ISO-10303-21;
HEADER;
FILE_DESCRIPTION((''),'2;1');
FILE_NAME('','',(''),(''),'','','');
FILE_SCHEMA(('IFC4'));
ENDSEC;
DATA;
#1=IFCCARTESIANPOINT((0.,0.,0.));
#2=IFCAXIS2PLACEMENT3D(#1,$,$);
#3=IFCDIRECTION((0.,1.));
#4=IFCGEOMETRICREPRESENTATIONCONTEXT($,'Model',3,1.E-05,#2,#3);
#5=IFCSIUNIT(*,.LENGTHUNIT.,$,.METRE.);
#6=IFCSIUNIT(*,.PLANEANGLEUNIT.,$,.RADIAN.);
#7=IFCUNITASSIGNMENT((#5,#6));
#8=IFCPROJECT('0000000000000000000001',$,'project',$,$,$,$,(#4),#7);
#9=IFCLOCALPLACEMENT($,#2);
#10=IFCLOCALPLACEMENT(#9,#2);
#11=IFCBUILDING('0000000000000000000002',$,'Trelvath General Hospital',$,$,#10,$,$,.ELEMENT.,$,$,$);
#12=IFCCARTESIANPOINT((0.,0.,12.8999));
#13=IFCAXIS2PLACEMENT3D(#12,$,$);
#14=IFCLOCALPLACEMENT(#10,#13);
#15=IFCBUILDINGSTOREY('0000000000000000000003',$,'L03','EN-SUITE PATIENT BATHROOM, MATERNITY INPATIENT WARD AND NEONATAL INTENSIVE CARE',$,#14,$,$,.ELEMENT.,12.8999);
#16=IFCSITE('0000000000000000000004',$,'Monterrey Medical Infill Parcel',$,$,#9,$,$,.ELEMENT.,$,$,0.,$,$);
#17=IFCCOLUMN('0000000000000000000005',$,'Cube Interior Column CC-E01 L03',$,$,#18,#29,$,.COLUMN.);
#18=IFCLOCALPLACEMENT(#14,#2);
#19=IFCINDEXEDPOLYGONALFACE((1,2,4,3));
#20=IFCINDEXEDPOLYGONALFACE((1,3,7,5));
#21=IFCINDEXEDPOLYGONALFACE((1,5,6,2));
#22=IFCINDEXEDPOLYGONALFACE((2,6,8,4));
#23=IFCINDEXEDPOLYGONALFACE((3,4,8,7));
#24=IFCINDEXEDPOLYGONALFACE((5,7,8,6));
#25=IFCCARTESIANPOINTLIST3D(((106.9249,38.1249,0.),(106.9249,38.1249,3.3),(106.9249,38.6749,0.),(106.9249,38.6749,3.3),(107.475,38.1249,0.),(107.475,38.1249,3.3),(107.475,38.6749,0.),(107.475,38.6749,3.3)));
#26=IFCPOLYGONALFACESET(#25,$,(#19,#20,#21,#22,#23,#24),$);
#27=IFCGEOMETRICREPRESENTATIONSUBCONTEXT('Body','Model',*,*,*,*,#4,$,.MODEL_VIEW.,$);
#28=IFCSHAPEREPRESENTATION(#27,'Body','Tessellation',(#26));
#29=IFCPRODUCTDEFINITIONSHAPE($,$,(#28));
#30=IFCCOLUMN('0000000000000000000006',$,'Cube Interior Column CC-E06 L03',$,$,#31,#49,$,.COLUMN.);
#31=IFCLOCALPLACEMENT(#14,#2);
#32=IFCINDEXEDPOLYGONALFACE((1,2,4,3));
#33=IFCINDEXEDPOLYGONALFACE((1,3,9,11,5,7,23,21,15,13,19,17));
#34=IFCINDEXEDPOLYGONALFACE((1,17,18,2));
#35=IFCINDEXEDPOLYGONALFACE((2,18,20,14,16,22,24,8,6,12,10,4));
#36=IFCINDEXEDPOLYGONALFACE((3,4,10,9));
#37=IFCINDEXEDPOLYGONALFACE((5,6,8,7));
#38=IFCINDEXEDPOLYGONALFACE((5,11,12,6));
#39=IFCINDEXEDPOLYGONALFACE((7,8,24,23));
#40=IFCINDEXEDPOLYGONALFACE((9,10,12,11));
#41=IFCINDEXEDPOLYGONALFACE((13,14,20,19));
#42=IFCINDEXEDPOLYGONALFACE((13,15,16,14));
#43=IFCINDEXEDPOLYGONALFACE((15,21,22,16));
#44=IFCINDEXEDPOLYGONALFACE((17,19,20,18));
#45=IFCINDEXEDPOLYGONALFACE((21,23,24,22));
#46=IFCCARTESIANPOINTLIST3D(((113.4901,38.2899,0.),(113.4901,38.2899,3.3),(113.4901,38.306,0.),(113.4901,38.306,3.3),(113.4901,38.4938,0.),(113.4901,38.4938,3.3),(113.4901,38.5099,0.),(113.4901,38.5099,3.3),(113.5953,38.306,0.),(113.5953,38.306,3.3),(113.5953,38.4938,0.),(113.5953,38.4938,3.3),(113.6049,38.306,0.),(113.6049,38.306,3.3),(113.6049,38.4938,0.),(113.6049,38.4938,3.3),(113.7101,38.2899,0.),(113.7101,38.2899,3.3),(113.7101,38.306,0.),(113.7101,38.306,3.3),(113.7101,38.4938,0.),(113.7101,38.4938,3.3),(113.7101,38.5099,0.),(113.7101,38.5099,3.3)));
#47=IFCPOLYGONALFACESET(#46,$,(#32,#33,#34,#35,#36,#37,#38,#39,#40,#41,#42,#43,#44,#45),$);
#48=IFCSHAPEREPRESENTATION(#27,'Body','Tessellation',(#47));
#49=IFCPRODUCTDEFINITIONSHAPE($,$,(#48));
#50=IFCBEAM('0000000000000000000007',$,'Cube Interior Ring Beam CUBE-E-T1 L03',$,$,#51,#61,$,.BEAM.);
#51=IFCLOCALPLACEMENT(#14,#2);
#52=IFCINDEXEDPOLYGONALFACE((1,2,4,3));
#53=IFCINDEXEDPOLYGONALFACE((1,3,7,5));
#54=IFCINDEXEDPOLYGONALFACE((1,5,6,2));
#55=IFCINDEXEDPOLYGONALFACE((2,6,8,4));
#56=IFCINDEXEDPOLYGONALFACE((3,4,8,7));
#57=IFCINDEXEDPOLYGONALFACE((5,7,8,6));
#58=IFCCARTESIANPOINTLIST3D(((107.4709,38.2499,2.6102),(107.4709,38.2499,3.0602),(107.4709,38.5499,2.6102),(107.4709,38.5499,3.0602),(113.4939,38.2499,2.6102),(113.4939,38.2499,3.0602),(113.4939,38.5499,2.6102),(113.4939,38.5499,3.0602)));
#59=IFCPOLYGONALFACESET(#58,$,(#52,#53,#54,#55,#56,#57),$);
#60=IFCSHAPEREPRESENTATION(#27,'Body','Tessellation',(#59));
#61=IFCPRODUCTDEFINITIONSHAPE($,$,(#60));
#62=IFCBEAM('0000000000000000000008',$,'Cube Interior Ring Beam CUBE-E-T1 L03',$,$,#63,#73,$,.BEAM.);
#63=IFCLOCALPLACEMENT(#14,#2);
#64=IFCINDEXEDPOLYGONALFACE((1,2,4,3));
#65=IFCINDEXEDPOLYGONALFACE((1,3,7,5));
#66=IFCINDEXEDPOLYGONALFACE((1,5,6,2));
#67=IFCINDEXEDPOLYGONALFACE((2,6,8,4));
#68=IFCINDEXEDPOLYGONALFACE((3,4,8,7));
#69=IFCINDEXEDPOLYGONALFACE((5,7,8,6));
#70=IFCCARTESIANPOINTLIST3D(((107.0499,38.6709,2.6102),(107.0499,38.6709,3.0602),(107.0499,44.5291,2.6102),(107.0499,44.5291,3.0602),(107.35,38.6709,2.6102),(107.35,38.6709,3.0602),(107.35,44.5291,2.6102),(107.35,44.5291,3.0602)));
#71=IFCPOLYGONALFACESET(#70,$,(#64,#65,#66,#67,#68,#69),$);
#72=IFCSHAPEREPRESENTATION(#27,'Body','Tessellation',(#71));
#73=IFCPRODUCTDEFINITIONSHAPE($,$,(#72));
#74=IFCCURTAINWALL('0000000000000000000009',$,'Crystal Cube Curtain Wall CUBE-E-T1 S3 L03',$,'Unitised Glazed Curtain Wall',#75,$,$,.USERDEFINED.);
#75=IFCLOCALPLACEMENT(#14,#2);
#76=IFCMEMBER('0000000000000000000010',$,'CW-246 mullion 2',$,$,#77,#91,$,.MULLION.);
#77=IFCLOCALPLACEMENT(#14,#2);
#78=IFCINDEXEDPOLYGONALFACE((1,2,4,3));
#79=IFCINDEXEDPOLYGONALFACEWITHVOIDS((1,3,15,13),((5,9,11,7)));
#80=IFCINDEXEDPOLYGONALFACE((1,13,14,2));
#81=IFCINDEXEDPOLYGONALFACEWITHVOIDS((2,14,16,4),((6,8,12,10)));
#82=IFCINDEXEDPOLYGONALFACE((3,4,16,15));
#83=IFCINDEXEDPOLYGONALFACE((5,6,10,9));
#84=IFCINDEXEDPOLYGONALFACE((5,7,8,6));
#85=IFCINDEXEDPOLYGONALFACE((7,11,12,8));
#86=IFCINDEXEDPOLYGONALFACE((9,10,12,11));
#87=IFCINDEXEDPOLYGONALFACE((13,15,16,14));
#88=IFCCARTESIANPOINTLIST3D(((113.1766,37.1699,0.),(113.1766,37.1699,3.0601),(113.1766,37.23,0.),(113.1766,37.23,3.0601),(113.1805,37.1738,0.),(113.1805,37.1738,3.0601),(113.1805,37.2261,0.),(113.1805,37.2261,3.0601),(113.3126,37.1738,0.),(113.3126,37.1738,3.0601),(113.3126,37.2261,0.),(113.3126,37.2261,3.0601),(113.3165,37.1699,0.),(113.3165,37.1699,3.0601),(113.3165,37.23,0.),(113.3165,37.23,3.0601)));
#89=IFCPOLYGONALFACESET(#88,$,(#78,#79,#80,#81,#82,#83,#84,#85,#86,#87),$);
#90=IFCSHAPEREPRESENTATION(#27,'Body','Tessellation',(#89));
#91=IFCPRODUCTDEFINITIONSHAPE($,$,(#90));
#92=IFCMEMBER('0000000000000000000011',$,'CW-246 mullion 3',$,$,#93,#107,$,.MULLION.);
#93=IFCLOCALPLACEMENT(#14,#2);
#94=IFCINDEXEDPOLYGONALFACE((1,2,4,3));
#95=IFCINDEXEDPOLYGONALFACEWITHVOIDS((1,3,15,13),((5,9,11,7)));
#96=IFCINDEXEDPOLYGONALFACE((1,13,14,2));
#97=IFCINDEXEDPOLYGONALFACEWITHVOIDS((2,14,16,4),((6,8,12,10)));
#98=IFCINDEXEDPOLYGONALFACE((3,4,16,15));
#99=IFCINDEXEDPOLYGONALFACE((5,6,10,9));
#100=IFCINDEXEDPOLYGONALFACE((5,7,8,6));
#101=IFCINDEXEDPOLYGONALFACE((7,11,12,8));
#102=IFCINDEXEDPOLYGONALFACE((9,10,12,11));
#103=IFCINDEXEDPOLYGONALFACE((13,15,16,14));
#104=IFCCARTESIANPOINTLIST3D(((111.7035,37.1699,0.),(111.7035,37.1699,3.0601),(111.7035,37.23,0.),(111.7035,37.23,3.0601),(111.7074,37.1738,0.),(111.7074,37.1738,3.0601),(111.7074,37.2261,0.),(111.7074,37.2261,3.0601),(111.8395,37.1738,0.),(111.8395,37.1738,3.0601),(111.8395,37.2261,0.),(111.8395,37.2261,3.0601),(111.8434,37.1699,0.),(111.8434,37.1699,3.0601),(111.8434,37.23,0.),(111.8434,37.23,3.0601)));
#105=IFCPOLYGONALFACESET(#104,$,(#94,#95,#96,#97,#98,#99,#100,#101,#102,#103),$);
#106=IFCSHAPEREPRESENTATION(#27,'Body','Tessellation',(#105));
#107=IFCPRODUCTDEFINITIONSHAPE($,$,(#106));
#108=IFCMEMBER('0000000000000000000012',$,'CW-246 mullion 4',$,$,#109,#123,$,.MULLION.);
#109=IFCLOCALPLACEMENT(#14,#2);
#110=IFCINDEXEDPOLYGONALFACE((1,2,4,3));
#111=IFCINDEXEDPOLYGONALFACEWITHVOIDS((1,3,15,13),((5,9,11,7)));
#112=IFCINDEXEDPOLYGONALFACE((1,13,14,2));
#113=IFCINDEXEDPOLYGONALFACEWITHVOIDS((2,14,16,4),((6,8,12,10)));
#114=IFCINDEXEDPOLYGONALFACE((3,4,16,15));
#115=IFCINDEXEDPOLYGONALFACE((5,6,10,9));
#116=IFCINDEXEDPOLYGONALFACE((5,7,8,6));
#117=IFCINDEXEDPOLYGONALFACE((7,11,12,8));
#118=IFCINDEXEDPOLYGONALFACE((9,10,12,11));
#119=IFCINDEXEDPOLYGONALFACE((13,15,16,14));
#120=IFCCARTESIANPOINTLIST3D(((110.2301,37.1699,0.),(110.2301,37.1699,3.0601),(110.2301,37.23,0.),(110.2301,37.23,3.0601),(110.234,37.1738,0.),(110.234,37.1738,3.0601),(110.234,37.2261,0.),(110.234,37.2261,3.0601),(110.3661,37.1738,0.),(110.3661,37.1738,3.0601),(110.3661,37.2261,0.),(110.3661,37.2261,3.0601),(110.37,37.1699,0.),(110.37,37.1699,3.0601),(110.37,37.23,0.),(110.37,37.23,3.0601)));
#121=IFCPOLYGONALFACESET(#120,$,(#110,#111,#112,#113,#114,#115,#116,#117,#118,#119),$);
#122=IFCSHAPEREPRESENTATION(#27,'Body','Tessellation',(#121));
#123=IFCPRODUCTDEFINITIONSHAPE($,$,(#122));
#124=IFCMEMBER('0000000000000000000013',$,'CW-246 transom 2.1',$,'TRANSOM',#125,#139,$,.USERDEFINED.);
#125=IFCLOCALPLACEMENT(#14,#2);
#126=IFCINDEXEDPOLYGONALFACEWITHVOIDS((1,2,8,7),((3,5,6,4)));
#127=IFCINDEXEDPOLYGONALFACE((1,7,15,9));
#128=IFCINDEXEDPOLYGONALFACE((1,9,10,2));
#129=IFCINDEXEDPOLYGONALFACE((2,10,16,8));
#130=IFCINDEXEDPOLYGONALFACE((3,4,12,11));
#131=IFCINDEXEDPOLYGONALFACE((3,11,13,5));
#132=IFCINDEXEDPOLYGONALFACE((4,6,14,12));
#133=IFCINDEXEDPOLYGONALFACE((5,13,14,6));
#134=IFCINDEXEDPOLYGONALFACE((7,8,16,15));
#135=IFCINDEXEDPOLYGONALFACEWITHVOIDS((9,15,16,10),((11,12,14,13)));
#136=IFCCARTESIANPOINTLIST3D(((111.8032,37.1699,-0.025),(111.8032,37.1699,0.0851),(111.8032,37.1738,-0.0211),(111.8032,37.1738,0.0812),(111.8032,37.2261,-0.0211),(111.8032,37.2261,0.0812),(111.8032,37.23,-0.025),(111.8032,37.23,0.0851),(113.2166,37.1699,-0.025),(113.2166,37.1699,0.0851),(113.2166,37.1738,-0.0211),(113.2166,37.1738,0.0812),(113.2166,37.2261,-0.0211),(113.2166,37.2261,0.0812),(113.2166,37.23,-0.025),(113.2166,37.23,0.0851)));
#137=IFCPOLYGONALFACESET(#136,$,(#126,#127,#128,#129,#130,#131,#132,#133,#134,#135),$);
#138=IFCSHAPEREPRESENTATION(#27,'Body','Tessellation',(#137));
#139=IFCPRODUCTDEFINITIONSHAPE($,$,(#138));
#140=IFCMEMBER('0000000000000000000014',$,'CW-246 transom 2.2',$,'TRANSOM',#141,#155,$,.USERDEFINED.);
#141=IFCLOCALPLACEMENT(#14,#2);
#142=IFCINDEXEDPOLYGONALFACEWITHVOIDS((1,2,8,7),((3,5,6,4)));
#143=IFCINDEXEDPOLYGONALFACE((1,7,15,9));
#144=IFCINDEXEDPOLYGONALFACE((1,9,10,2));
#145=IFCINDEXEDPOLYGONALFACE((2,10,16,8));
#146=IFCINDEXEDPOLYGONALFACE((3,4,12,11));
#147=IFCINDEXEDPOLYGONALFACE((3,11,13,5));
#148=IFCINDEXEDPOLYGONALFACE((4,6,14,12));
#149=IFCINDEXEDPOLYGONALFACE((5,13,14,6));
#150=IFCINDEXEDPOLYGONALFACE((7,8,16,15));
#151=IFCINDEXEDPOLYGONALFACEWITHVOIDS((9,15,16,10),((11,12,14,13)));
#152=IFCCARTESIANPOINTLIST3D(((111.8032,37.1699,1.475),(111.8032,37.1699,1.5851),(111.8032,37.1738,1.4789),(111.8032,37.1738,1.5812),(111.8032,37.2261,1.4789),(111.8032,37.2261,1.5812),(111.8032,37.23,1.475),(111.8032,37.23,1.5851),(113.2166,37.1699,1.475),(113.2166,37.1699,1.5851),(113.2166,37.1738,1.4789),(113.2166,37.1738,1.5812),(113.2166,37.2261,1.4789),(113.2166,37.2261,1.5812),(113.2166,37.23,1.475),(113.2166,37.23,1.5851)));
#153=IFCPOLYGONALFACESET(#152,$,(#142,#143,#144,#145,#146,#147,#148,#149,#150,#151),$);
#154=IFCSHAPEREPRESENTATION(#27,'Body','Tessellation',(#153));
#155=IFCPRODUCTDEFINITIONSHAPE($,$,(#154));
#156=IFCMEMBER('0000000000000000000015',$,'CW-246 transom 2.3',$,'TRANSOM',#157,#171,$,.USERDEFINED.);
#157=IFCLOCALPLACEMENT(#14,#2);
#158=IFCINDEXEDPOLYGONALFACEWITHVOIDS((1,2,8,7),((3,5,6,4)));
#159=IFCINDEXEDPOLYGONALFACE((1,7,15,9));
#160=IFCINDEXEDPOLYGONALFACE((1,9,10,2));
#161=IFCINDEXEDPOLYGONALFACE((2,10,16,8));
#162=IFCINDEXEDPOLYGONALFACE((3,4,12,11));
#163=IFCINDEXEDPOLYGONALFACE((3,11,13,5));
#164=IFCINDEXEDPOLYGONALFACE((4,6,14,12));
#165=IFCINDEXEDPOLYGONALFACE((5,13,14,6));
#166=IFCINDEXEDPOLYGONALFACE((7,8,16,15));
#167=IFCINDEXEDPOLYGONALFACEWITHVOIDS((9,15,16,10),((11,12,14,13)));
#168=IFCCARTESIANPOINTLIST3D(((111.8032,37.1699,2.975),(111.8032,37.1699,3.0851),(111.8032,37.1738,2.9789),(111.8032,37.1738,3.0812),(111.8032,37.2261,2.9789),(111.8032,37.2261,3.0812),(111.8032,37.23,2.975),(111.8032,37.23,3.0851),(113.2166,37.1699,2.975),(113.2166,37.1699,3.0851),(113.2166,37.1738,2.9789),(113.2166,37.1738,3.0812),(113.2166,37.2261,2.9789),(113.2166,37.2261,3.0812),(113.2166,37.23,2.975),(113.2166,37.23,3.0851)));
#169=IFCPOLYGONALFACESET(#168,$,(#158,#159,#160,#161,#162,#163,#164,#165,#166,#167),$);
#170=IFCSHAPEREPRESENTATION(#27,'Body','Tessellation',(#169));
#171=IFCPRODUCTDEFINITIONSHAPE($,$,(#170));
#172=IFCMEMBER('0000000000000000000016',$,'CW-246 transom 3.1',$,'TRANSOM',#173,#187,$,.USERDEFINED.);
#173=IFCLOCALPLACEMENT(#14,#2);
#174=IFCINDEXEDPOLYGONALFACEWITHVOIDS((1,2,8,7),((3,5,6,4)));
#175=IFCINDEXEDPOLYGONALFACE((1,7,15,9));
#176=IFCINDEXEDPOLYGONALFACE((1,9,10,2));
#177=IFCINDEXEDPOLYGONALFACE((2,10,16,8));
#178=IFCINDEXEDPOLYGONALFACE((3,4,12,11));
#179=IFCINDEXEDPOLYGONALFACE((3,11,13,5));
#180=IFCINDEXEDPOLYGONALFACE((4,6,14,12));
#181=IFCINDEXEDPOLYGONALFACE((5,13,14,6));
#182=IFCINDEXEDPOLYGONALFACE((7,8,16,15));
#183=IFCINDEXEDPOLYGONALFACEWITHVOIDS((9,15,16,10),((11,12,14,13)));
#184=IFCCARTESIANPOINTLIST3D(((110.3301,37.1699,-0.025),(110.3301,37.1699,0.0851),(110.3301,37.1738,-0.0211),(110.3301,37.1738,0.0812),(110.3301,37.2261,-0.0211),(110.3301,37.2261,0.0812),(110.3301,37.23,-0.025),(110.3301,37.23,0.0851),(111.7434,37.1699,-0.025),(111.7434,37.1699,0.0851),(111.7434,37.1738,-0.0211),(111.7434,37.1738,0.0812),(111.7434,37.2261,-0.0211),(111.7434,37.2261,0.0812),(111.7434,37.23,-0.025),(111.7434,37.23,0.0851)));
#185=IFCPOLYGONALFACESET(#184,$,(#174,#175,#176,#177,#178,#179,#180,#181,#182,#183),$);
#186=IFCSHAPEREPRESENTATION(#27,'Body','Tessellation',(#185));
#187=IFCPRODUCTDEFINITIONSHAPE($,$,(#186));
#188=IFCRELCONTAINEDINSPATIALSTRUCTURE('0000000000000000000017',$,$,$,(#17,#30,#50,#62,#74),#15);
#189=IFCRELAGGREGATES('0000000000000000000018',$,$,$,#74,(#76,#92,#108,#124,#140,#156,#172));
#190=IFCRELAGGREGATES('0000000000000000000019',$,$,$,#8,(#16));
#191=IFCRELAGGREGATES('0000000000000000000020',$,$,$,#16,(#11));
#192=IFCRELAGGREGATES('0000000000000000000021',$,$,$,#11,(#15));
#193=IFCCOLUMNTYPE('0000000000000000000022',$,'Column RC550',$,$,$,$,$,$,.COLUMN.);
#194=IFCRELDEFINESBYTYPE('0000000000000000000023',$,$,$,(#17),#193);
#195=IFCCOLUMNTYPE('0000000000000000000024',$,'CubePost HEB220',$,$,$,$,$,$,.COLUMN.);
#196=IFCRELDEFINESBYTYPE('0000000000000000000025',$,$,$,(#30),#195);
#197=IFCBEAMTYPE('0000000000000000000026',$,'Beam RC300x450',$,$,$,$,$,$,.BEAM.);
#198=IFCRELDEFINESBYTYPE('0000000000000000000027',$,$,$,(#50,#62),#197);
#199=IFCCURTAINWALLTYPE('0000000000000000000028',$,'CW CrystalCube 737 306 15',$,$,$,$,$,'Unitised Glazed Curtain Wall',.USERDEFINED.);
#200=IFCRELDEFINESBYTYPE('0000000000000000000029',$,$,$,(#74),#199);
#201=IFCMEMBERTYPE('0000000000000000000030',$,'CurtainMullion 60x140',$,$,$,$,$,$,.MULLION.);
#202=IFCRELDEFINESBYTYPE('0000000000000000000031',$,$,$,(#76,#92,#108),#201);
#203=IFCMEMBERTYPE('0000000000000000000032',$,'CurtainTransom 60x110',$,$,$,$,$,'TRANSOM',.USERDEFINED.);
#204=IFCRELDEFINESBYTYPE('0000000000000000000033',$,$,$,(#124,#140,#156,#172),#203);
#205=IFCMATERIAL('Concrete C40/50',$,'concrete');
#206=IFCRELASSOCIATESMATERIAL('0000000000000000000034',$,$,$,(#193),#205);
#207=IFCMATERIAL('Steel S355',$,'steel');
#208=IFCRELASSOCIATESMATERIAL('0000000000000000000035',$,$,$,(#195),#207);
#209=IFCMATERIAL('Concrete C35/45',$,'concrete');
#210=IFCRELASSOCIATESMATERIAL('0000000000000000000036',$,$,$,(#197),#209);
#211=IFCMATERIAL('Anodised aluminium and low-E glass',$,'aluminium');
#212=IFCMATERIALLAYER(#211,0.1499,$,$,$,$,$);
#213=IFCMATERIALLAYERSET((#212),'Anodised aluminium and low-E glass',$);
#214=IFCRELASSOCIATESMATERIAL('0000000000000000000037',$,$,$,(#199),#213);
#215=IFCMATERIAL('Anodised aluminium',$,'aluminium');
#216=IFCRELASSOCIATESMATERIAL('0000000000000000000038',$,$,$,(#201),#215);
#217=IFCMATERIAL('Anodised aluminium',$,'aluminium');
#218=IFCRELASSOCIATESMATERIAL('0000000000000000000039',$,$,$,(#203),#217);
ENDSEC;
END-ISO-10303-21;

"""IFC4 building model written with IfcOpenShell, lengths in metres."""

from ifc_helpers import new_model, si_unit, direction, frame, origin, origin_2d, place, context, subcontext, project, spatial, rectangle, hollow_rectangle, i_section, extrude, material, layer, layer_set, material_profile, profile_set, type_object, element, aggregate, save


model = new_model("IFC4")

# Units and contexts
model_context = context("Model", 3, precision=1e-05, world=origin(), true_north=direction((0.0, 1.0)))
body_context = subcontext(model_context, "Body", "Model", "MODEL_VIEW")
ifc_project = project(units=[si_unit("LENGTHUNIT", "METRE"), si_unit("PLANEANGLEUNIT", "RADIAN")], contexts=[model_context])

# Site, building, storey
site_placement = place(None, origin())
site = spatial("IfcSite", under=ifc_project, at=site_placement, Name="Monterrey Medical Infill Parcel", CompositionType="ELEMENT", RefElevation=0.0)
building_placement = place(site_placement, origin())
building = spatial("IfcBuilding", under=site, at=building_placement, Name="Trelvath General Hospital", CompositionType="ELEMENT")
storey_placement = place(building_placement, frame((0.0, 0.0, 12.8999)))
storey = spatial("IfcBuildingStorey", under=building, at=storey_placement, Name="L03", Description="EN-SUITE PATIENT BATHROOM, MATERNITY INPATIENT WARD AND NEONATAL INTENSIVE CARE", CompositionType="ELEMENT", Elevation=12.8999)

# Columns
ifc_material_1 = material(Name="Concrete C40/50", Category="concrete")
ifc_material_profile_1 = material_profile(ifc_material_1, rectangle(XDim=0.55, YDim=0.55, at=origin_2d()), Name="RC550x550")
ifc_profile_set_1 = profile_set([ifc_material_profile_1], Name="Concrete C40/50")
column_type_1 = type_object("IfcColumnType", Name="Column RC550", PredefinedType="COLUMN", material=ifc_profile_set_1)
column_1_placement = place(storey_placement, frame((107.2, 38.3999, 0.0), z_axis=(0.0, 0.0, 1.0), x_axis=(1.0, 0.0, 0.0)))
element("IfcColumn", 1, at=column_1_placement, inside=storey, type_object=column_type_1, Name="Cube Interior Column CC-E01 L03", PredefinedType="COLUMN", context=body_context, shape_type="SweptSolid", body=[
    extrude(rectangle(XDim=0.55, YDim=0.55, at=origin_2d()), origin(), (0.0, 0.0, 1.0), 3.3),
])
ifc_material_2 = material(Name="Steel S355", Category="steel")
ifc_material_profile_2 = material_profile(ifc_material_2, i_section(OverallWidth=0.22, OverallDepth=0.22, WebThickness=0.0095, FlangeThickness=0.0161, at=origin_2d()), Name="HEB220")
ifc_profile_set_2 = profile_set([ifc_material_profile_2], Name="Steel S355")
column_type_2 = type_object("IfcColumnType", Name="CubePost HEB220", PredefinedType="COLUMN", material=ifc_profile_set_2)
column_2_placement = place(storey_placement, frame((113.6001, 38.3999, 0.0), z_axis=(0.0, 0.0, 1.0), x_axis=(1.0, 0.0, 0.0)))
element("IfcColumn", 2, at=column_2_placement, inside=storey, type_object=column_type_2, Name="Cube Interior Column CC-E06 L03", PredefinedType="COLUMN", context=body_context, shape_type="SweptSolid", body=[
    extrude(i_section(OverallWidth=0.22, OverallDepth=0.22, WebThickness=0.0095, FlangeThickness=0.0161, at=origin_2d()), origin(), (0.0, 0.0, 1.0), 3.3),
])

# Beams
ifc_material_3 = material(Name="Concrete C35/45", Category="concrete")
ifc_material_profile_3 = material_profile(ifc_material_3, rectangle(XDim=0.3, YDim=0.45, at=origin_2d()), Name="RCB300x450")
ifc_profile_set_3 = profile_set([ifc_material_profile_3], Name="Concrete C35/45")
beam_type = type_object("IfcBeamType", Name="Beam RC300x450", PredefinedType="BEAM", material=ifc_profile_set_3)
beam_1_placement = place(storey_placement, frame((107.4709, 38.3999, 2.8352), z_axis=(1.0, 0.0, 0.0), x_axis=(0.0, 1.0, 0.0)))
element("IfcBeam", 3, at=beam_1_placement, inside=storey, type_object=beam_type, Name="Cube Interior Ring Beam CUBE-E-T1 L03", PredefinedType="BEAM", context=body_context, shape_type="SweptSolid", body=[
    extrude(rectangle(XDim=0.3, YDim=0.45, at=origin_2d()), origin(), (0.0, 0.0, 1.0), 6.0229),
])
beam_2_placement = place(storey_placement, frame((107.2, 38.6709, 2.8352), z_axis=(0.0, 1.0, 0.0), x_axis=(-1.0, 0.0, 0.0)))
element("IfcBeam", 4, at=beam_2_placement, inside=storey, type_object=beam_type, Name="Cube Interior Ring Beam CUBE-E-T1 L03", PredefinedType="BEAM", context=body_context, shape_type="SweptSolid", body=[
    extrude(rectangle(XDim=0.3, YDim=0.45, at=origin_2d()), origin(), (0.0, 0.0, 1.0), 5.8582),
])

# Curtain wall, members
ifc_material_4 = material(Name="Anodised aluminium and low-E glass", Category="aluminium")
ifc_layer_1 = layer(ifc_material_4, 0.1499)
ifc_layer_set_1 = layer_set([ifc_layer_1], Name="Anodised aluminium and low-E glass")
curtain_wall_type = type_object("IfcCurtainWallType", Name="CW CrystalCube 737 306 15", ElementType="Unitised Glazed Curtain Wall", PredefinedType="USERDEFINED", material=ifc_layer_set_1)
curtain_wall_placement = place(storey_placement, origin())
curtain_wall = element("IfcCurtainWall", 5, at=curtain_wall_placement, inside=storey, type_object=curtain_wall_type, Name="Crystal Cube Curtain Wall CUBE-E-T1 S3 L03", ObjectType="Unitised Glazed Curtain Wall", PredefinedType="USERDEFINED")
ifc_material_5 = material(Name="Anodised aluminium", Category="aluminium")
ifc_material_profile_4 = material_profile(ifc_material_5, hollow_rectangle(XDim=0.0601, YDim=0.1399, WallThickness=0.0039, at=origin_2d()), Name="RHS60x140x4")
ifc_profile_set_4 = profile_set([ifc_material_profile_4], Name="Anodised aluminium")
member_type_1 = type_object("IfcMemberType", Name="CurtainMullion 60x140", PredefinedType="MULLION", material=ifc_profile_set_4)
member_1_placement = place(storey_placement, frame((113.2466, 37.2, 0.0), z_axis=(0.0, 0.0, 1.0), x_axis=(0.0, -1.0, 0.0)))
member_1 = element("IfcMember", 6, at=member_1_placement, type_object=member_type_1, Name="CW-246 mullion 2", PredefinedType="MULLION", context=body_context, shape_type="SweptSolid", body=[
    extrude(hollow_rectangle(XDim=0.0601, YDim=0.1399, WallThickness=0.0039, at=origin_2d()), origin(), (0.0, 0.0, 1.0), 3.0601),
])
member_2_placement = place(storey_placement, frame((111.7734, 37.2, 0.0), z_axis=(0.0, 0.0, 1.0), x_axis=(0.0, -1.0, 0.0)))
member_2 = element("IfcMember", 7, at=member_2_placement, type_object=member_type_1, Name="CW-246 mullion 3", PredefinedType="MULLION", context=body_context, shape_type="SweptSolid", body=[
    extrude(hollow_rectangle(XDim=0.0601, YDim=0.1399, WallThickness=0.0039, at=origin_2d()), origin(), (0.0, 0.0, 1.0), 3.0601),
])
member_3_placement = place(storey_placement, frame((110.3, 37.2, 0.0), z_axis=(0.0, 0.0, 1.0), x_axis=(0.0, -1.0, 0.0)))
member_3 = element("IfcMember", 8, at=member_3_placement, type_object=member_type_1, Name="CW-246 mullion 4", PredefinedType="MULLION", context=body_context, shape_type="SweptSolid", body=[
    extrude(hollow_rectangle(XDim=0.0601, YDim=0.1399, WallThickness=0.0039, at=origin_2d()), origin(), (0.0, 0.0, 1.0), 3.0601),
])
ifc_material_6 = material(Name="Anodised aluminium", Category="aluminium")
ifc_material_profile_5 = material_profile(ifc_material_6, hollow_rectangle(XDim=0.0601, YDim=0.1101, WallThickness=0.0039, at=origin_2d()), Name="RHS60x110x4")
ifc_profile_set_5 = profile_set([ifc_material_profile_5], Name="Anodised aluminium")
member_type_2 = type_object("IfcMemberType", Name="CurtainTransom 60x110", ElementType="TRANSOM", PredefinedType="USERDEFINED", material=ifc_profile_set_5)
member_4_placement = place(storey_placement, frame((113.2166, 37.2, 0.03), z_axis=(-1.0, 0.0, 0.0), x_axis=(0.0, -1.0, 0.0)))
member_4 = element("IfcMember", 9, at=member_4_placement, type_object=member_type_2, Name="CW-246 transom 2.1", ObjectType="TRANSOM", PredefinedType="USERDEFINED", context=body_context, shape_type="SweptSolid", body=[
    extrude(hollow_rectangle(XDim=0.0601, YDim=0.1101, WallThickness=0.0039, at=origin_2d()), origin(), (0.0, 0.0, 1.0), 1.4133),
])
member_5_placement = place(storey_placement, frame((113.2166, 37.2, 1.53), z_axis=(-1.0, 0.0, 0.0), x_axis=(0.0, -1.0, 0.0)))
member_5 = element("IfcMember", 10, at=member_5_placement, type_object=member_type_2, Name="CW-246 transom 2.2", ObjectType="TRANSOM", PredefinedType="USERDEFINED", context=body_context, shape_type="SweptSolid", body=[
    extrude(hollow_rectangle(XDim=0.0601, YDim=0.1101, WallThickness=0.0039, at=origin_2d()), origin(), (0.0, 0.0, 1.0), 1.4133),
])
member_6_placement = place(storey_placement, frame((113.2166, 37.2, 3.03), z_axis=(-1.0, 0.0, 0.0), x_axis=(0.0, -1.0, 0.0)))
member_6 = element("IfcMember", 11, at=member_6_placement, type_object=member_type_2, Name="CW-246 transom 2.3", ObjectType="TRANSOM", PredefinedType="USERDEFINED", context=body_context, shape_type="SweptSolid", body=[
    extrude(hollow_rectangle(XDim=0.0601, YDim=0.1101, WallThickness=0.0039, at=origin_2d()), origin(), (0.0, 0.0, 1.0), 1.4133),
])
member_7_placement = place(storey_placement, frame((111.7434, 37.2, 0.03), z_axis=(-1.0, 0.0, 0.0), x_axis=(0.0, -1.0, 0.0)))
member_7 = element("IfcMember", 12, at=member_7_placement, type_object=member_type_2, Name="CW-246 transom 3.1", ObjectType="TRANSOM", PredefinedType="USERDEFINED", context=body_context, shape_type="SweptSolid", body=[
    extrude(hollow_rectangle(XDim=0.0601, YDim=0.1101, WallThickness=0.0039, at=origin_2d()), origin(), (0.0, 0.0, 1.0), 1.4133),
])
aggregate(curtain_wall, [member_1, member_2, member_3, member_4, member_5, member_6, member_7])

save(model, "model.ifc")
